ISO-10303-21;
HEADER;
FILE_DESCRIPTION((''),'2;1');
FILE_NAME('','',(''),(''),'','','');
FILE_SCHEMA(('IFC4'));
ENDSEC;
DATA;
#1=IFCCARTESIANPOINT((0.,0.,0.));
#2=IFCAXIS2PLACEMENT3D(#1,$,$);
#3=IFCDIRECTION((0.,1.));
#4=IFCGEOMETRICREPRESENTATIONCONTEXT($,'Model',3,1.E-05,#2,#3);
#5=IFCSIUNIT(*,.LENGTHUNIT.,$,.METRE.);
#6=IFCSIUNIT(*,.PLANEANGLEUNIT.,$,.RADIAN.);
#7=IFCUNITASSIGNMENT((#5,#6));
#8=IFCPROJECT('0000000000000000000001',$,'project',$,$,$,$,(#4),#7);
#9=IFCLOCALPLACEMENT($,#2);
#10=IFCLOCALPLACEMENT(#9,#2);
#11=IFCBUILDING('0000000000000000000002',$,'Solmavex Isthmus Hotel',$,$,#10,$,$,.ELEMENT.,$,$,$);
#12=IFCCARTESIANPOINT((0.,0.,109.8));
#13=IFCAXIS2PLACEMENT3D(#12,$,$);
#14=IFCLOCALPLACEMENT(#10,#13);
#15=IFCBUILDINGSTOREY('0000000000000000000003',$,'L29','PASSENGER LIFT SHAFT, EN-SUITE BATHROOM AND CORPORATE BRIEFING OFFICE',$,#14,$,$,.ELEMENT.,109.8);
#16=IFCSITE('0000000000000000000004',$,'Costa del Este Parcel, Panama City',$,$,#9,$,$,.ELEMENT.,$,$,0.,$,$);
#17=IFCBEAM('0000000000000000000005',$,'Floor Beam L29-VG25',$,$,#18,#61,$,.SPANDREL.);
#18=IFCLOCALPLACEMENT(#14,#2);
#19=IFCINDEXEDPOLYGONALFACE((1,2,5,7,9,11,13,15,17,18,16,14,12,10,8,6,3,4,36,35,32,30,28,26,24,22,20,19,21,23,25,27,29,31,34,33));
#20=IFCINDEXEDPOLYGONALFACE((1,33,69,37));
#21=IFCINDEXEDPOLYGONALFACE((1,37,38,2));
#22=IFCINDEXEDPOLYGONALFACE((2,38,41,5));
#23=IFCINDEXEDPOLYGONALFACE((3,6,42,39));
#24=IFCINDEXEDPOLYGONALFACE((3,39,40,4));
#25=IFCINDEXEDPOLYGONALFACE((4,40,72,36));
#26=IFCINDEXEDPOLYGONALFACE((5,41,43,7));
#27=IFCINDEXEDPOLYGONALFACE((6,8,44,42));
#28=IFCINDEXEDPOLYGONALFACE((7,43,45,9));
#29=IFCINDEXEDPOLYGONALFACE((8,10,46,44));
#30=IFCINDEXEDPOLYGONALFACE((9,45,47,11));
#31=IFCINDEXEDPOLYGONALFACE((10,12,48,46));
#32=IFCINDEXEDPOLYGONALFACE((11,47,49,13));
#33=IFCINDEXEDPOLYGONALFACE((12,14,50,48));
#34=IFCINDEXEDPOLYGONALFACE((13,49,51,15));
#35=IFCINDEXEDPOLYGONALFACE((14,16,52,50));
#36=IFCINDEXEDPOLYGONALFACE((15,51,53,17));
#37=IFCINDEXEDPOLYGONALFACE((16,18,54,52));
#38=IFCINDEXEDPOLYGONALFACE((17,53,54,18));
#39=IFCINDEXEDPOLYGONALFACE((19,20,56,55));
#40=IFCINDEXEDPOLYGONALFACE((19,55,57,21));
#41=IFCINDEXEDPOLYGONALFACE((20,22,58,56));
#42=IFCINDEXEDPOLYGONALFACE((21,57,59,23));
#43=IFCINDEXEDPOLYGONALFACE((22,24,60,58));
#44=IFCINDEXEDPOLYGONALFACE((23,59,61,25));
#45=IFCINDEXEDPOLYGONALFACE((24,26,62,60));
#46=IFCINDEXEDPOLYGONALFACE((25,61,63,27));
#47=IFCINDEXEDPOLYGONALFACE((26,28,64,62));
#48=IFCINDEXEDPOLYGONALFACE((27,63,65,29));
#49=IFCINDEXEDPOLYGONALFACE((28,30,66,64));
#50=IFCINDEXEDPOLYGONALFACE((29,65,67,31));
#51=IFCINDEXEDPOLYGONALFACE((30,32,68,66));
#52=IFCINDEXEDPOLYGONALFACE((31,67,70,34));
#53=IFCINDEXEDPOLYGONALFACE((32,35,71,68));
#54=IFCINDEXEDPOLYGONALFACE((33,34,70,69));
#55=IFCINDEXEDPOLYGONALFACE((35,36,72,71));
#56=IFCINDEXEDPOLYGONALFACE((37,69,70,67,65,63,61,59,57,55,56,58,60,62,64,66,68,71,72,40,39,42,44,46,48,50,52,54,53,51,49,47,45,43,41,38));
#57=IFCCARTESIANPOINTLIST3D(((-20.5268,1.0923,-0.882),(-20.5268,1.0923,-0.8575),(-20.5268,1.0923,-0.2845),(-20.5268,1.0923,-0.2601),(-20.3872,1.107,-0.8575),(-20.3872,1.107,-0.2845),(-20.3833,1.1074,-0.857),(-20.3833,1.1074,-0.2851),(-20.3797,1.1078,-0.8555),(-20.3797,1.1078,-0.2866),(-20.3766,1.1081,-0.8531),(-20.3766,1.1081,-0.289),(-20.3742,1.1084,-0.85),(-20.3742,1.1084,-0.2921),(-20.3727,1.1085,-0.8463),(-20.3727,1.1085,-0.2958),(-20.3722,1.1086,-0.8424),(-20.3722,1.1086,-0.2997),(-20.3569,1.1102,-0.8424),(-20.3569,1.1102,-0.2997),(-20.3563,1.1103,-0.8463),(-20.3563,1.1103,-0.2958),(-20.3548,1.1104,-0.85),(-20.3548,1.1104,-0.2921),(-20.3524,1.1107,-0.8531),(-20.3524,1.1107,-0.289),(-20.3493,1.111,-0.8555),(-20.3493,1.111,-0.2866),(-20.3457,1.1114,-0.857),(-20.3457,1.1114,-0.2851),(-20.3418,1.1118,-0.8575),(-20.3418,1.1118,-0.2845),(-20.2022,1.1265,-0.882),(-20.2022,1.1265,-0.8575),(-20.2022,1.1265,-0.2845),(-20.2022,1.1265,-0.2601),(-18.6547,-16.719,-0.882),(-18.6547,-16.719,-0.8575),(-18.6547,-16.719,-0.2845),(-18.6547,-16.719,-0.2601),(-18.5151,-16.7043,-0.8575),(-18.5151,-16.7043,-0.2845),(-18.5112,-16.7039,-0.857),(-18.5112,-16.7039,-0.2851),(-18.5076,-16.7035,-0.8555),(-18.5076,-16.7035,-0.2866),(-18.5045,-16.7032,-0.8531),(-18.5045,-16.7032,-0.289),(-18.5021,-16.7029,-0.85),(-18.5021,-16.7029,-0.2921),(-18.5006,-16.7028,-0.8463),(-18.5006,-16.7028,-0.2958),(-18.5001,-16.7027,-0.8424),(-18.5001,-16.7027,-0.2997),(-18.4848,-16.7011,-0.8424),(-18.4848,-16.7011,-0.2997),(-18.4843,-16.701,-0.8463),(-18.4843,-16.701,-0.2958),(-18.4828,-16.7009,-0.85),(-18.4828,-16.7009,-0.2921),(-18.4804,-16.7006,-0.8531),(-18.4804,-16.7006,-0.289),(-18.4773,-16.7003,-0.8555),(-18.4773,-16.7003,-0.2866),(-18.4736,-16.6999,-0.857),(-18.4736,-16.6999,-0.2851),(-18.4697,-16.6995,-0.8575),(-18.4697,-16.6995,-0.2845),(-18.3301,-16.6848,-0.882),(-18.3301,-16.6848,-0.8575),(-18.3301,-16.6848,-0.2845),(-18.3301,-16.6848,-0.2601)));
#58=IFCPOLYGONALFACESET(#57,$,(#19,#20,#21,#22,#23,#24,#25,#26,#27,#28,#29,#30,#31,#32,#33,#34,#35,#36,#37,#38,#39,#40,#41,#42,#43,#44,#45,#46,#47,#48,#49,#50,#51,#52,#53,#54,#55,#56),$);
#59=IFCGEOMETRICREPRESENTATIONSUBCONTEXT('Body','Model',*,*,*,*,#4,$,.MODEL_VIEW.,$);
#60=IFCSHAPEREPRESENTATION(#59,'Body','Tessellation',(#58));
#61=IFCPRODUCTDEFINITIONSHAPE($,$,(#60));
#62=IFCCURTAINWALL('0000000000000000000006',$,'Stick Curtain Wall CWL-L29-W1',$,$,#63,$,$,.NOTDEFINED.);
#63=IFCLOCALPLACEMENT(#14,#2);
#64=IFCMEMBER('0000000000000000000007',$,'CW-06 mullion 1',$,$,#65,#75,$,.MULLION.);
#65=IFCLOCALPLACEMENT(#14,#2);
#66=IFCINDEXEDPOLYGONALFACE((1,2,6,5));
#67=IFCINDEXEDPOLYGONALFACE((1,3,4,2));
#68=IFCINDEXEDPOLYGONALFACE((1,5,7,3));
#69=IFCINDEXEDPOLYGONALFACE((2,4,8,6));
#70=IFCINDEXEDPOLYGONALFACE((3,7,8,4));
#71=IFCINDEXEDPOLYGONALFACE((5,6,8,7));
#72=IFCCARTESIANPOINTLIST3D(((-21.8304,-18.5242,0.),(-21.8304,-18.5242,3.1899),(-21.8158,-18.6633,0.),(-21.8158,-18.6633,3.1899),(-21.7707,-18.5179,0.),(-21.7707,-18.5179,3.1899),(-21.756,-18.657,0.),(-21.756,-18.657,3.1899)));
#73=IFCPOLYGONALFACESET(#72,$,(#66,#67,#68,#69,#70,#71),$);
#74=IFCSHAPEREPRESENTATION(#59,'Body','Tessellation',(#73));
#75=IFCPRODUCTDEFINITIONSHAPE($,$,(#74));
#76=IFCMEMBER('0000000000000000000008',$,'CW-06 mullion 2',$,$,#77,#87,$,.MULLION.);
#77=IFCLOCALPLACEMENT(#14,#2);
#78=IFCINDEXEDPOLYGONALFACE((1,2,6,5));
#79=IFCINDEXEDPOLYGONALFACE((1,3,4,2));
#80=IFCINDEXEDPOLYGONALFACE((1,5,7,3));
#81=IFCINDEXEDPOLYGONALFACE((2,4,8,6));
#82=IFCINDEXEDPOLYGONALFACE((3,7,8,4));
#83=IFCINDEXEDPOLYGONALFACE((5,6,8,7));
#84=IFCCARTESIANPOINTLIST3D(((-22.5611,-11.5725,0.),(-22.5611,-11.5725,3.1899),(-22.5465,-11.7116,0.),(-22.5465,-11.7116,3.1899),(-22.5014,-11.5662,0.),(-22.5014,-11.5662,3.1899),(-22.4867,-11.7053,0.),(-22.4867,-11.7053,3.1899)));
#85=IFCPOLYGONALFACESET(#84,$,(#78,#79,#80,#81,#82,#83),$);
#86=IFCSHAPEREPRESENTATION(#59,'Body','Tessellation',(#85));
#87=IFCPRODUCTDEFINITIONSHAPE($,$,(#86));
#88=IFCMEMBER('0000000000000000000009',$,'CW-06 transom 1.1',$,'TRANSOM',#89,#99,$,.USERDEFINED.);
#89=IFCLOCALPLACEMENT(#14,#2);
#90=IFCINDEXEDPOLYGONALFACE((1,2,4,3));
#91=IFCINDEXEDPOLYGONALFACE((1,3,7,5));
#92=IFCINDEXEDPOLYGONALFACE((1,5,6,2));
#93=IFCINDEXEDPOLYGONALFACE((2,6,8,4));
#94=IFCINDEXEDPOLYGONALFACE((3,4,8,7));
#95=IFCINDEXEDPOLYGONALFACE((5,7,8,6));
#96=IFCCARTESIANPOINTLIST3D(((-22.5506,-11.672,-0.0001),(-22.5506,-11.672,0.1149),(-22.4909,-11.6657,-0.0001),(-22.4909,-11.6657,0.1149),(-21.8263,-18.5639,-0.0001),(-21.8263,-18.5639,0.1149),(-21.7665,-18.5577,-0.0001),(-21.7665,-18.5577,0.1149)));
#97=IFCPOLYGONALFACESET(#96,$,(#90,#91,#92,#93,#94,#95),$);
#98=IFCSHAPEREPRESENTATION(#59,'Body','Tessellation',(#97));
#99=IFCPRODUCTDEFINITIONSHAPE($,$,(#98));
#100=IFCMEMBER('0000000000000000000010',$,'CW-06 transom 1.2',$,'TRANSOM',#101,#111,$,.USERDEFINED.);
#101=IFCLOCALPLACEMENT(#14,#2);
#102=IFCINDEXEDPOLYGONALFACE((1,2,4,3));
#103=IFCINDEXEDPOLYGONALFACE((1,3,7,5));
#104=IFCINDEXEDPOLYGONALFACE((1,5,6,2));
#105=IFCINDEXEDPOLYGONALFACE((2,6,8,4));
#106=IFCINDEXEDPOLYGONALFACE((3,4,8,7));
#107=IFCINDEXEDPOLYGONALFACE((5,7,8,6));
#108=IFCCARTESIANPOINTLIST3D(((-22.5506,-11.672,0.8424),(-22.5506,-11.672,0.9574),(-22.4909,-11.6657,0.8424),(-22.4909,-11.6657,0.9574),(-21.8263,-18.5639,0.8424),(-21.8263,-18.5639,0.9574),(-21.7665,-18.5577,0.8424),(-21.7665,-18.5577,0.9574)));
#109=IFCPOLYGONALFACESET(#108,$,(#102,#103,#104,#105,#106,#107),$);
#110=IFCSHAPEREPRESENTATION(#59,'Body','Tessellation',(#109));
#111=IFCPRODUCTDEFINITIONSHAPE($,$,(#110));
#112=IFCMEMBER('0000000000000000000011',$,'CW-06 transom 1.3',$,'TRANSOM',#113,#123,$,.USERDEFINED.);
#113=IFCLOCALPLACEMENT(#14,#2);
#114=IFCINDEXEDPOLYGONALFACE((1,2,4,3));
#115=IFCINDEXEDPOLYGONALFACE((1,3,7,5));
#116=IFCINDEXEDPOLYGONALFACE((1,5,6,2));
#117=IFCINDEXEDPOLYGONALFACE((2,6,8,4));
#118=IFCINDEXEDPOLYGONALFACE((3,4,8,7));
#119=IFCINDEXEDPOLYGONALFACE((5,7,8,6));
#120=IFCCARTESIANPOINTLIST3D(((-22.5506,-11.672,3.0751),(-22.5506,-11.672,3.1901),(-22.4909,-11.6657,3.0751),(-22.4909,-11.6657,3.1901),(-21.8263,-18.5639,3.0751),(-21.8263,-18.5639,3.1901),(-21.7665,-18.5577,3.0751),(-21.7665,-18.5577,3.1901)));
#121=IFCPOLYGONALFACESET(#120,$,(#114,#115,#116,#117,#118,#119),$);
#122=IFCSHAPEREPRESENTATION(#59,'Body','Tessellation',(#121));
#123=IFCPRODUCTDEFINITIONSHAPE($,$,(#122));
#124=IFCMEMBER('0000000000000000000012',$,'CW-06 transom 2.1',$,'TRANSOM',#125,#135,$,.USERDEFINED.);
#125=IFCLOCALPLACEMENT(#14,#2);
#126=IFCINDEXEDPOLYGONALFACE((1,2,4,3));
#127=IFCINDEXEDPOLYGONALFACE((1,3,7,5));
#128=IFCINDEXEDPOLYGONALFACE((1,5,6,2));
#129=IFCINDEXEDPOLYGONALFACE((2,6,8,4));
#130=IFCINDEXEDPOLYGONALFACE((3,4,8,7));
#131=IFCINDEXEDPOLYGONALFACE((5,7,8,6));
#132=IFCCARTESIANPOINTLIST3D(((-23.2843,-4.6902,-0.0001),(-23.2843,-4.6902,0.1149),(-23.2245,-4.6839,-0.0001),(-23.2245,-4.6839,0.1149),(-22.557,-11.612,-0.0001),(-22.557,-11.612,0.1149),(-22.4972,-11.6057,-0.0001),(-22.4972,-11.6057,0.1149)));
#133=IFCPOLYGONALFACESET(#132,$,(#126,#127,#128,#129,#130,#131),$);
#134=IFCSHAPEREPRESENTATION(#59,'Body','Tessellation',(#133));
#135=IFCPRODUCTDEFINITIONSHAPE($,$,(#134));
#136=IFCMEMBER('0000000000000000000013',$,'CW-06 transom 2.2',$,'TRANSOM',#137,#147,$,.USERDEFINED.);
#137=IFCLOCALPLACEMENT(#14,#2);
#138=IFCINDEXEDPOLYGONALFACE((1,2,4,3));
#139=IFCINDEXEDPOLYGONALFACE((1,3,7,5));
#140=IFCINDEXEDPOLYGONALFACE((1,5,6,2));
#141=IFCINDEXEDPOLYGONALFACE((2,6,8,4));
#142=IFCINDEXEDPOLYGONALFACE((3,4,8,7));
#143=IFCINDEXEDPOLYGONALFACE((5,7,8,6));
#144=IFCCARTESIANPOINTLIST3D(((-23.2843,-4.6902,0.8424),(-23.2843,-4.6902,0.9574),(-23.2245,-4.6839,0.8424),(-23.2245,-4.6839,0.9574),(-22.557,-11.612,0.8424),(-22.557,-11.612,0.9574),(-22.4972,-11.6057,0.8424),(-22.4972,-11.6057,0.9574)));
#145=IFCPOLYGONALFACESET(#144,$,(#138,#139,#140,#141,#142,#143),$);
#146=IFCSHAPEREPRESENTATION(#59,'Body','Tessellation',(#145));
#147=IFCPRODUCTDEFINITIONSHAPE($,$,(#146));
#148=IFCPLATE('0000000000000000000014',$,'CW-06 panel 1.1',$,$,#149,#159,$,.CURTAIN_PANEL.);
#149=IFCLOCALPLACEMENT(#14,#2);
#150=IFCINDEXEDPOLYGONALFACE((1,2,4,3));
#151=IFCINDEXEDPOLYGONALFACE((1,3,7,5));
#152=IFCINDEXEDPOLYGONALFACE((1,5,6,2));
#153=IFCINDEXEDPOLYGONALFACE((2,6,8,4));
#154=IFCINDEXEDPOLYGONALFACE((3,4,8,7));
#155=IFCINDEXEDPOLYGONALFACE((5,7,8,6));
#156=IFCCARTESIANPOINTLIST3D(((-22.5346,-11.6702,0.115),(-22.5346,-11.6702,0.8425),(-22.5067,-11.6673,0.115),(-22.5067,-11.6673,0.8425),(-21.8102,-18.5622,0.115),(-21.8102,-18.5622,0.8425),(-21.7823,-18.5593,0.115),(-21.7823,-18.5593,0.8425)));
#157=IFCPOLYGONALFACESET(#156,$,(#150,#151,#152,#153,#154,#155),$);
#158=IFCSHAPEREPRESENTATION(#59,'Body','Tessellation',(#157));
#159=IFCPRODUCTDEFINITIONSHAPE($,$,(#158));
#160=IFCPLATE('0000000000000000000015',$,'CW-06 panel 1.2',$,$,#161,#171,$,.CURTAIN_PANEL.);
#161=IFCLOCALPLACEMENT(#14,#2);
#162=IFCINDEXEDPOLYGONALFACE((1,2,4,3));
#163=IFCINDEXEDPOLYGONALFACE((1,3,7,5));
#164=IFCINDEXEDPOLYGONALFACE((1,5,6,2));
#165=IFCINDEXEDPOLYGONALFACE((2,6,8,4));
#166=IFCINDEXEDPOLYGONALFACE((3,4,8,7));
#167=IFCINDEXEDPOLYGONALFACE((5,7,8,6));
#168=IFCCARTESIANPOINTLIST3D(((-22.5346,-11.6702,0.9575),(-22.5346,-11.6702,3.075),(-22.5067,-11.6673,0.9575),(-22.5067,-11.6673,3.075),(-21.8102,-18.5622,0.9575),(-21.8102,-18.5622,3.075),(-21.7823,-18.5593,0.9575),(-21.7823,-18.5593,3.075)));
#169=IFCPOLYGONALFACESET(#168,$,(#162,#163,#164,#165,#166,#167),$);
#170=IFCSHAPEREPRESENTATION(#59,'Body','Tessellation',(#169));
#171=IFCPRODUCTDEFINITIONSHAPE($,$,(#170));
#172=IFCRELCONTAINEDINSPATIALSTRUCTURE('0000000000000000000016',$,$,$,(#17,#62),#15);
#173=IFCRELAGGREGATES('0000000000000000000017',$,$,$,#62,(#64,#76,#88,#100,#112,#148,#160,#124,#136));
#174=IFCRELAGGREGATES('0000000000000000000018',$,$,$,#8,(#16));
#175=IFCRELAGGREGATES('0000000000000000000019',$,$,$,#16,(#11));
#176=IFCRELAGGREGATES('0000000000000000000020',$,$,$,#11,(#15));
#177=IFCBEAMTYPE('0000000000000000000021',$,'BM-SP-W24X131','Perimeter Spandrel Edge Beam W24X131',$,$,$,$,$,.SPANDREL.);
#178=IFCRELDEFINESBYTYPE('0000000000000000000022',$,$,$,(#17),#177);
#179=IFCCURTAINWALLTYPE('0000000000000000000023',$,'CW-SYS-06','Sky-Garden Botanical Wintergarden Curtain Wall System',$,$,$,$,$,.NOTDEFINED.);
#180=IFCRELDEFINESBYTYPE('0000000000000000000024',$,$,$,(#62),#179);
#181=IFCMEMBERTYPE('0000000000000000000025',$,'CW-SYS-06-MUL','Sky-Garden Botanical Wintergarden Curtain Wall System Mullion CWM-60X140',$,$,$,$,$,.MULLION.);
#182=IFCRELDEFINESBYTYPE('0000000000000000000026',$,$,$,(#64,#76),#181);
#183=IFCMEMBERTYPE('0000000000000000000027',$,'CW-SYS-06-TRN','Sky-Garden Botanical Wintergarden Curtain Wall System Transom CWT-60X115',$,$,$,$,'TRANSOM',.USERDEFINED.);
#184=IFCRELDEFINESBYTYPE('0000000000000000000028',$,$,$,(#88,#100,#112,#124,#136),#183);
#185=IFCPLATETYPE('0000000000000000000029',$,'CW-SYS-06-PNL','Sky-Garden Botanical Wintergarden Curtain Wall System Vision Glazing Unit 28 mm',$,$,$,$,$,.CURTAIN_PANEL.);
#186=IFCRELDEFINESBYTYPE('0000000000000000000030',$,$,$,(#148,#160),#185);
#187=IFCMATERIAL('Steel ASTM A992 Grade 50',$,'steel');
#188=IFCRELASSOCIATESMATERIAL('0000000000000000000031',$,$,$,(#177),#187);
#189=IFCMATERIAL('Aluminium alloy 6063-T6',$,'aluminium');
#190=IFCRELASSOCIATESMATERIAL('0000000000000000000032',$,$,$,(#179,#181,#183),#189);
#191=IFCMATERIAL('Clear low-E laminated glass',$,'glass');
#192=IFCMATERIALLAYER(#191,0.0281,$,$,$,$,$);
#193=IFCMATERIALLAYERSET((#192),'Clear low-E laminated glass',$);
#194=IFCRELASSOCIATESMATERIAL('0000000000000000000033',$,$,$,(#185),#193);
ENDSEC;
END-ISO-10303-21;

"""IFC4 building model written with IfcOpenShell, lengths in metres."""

from ifc_helpers import new_model, si_unit, direction, frame, origin, origin_2d, place, context, subcontext, project, spatial, rectangle, i_section, extrude, material, layer, layer_set, material_profile, profile_set, type_object, element, aggregate, save


model = new_model("IFC4")

# Units and contexts
model_context = context("Model", 3, precision=1e-05, world=origin(), true_north=direction((0.0, 1.0)))
body_context = subcontext(model_context, "Body", "Model", "MODEL_VIEW")
ifc_project = project(units=[si_unit("LENGTHUNIT", "METRE"), si_unit("PLANEANGLEUNIT", "RADIAN")], contexts=[model_context])

# Site, building, storey
site_placement = place(None, origin())
site = spatial("IfcSite", under=ifc_project, at=site_placement, Name="Costa del Este Parcel, Panama City", CompositionType="ELEMENT", RefElevation=0.0)
building_placement = place(site_placement, origin())
building = spatial("IfcBuilding", under=site, at=building_placement, Name="Solmavex Isthmus Hotel", CompositionType="ELEMENT")
storey_placement = place(building_placement, frame((0.0, 0.0, 109.8)))
storey = spatial("IfcBuildingStorey", under=building, at=storey_placement, Name="L29", Description="PASSENGER LIFT SHAFT, EN-SUITE BATHROOM AND CORPORATE BRIEFING OFFICE", CompositionType="ELEMENT", Elevation=109.8)

# Beam
ifc_material_1 = material(Name="Steel ASTM A992 Grade 50", Category="steel")
ifc_material_profile_1 = material_profile(ifc_material_1, i_section(OverallWidth=0.3264, OverallDepth=0.6218, WebThickness=0.0154, FlangeThickness=0.0244, FilletRadius=0.0151, at=origin_2d()), Name="W24X131")
ifc_profile_set_1 = profile_set([ifc_material_profile_1], Name="Steel ASTM A992 Grade 50")
beam_type_1 = type_object("IfcBeamType", Name="BM-SP-W24X131", Description="Perimeter Spandrel Edge Beam W24X131", PredefinedType="SPANDREL", material=ifc_profile_set_1)
beam_1_placement = place(storey_placement, frame((-18.4924, -16.7019, -0.571), z_axis=(-0.10453, 0.994522, 0.0), x_axis=(-0.994522, -0.10453, 0.0)))
element("IfcBeam", 1, at=beam_1_placement, inside=storey, type_object=beam_type_1, Name="Floor Beam L29-VG25", PredefinedType="SPANDREL", context=body_context, shape_type="SweptSolid", body=[
    extrude(i_section(OverallWidth=0.3264, OverallDepth=0.6218, WebThickness=0.0154, FlangeThickness=0.0244, FilletRadius=0.0151, at=origin_2d()), origin(), (0.0, 0.0, 1.0), 17.9094),
])

# Curtain wall, members, plates
ifc_material_2 = material(Name="Aluminium alloy 6063-T6", Category="aluminium")
curtain_wall_type = type_object("IfcCurtainWallType", Name="CW-SYS-06", Description="Sky-Garden Botanical Wintergarden Curtain Wall System", PredefinedType="NOTDEFINED", material=ifc_material_2)
curtain_wall_placement = place(storey_placement, origin())
curtain_wall = element("IfcCurtainWall", 2, at=curtain_wall_placement, inside=storey, type_object=curtain_wall_type, Name="Stick Curtain Wall CWL-L29-W1", PredefinedType="NOTDEFINED")
ifc_material_profile_2 = material_profile(ifc_material_2, rectangle(XDim=0.0601, YDim=0.1399, at=origin_2d()), Name="CWM-60X140")
ifc_profile_set_2 = profile_set([ifc_material_profile_2], Name="Aluminium alloy 6063-T6")
member_type_1 = type_object("IfcMemberType", Name="CW-SYS-06-MUL", Description="Sky-Garden Botanical Wintergarden Curtain Wall System Mullion CWM-60X140", PredefinedType="MULLION", material=ifc_profile_set_2)
member_1_placement = place(storey_placement, frame((-21.7932, -18.5906, 0.0), z_axis=(0.0, 0.0, 1.0), x_axis=(-0.994522, -0.104528, 0.0)))
member_1 = element("IfcMember", 3, at=member_1_placement, type_object=member_type_1, Name="CW-06 mullion 1", PredefinedType="MULLION", context=body_context, shape_type="SweptSolid", body=[
    extrude(rectangle(XDim=0.0601, YDim=0.1399, at=origin_2d()), origin(), (0.0, 0.0, 1.0), 3.1899),
])
member_2_placement = place(storey_placement, frame((-22.5239, -11.6389, 0.0), z_axis=(0.0, 0.0, 1.0), x_axis=(-0.994522, -0.104528, 0.0)))
member_2 = element("IfcMember", 4, at=member_2_placement, type_object=member_type_1, Name="CW-06 mullion 2", PredefinedType="MULLION", context=body_context, shape_type="SweptSolid", body=[
    extrude(rectangle(XDim=0.0601, YDim=0.1399, at=origin_2d()), origin(), (0.0, 0.0, 1.0), 3.1899),
])
ifc_material_profile_3 = material_profile(ifc_material_2, rectangle(XDim=0.0601, YDim=0.115, at=origin_2d()), Name="CWT-60X115")
ifc_profile_set_3 = profile_set([ifc_material_profile_3], Name="Aluminium alloy 6063-T6")
member_type_2 = type_object("IfcMemberType", Name="CW-SYS-06-TRN", Description="Sky-Garden Botanical Wintergarden Curtain Wall System Transom CWT-60X115", ElementType="TRANSOM", PredefinedType="USERDEFINED", material=ifc_profile_set_3)
member_3_placement = place(storey_placement, frame((-21.7964, -18.5608, 0.0574), z_axis=(-0.104525, 0.994522, 0.0), x_axis=(-0.994522, -0.104525, 0.0)))
member_3 = element("IfcMember", 5, at=member_3_placement, type_object=member_type_2, Name="CW-06 transom 1.1", ObjectType="TRANSOM", PredefinedType="USERDEFINED", context=body_context, shape_type="SweptSolid", body=[
    extrude(rectangle(XDim=0.0601, YDim=0.115, at=origin_2d()), origin(), (0.0, 0.0, 1.0), 6.9299),
])
member_4_placement = place(storey_placement, frame((-21.7964, -18.5608, 0.8999), z_axis=(-0.104525, 0.994522, 0.0), x_axis=(-0.994522, -0.104525, 0.0)))
member_4 = element("IfcMember", 6, at=member_4_placement, type_object=member_type_2, Name="CW-06 transom 1.2", ObjectType="TRANSOM", PredefinedType="USERDEFINED", context=body_context, shape_type="SweptSolid", body=[
    extrude(rectangle(XDim=0.0601, YDim=0.115, at=origin_2d()), origin(), (0.0, 0.0, 1.0), 6.9299),
])
member_5_placement = place(storey_placement, frame((-21.7964, -18.5608, 3.1326), z_axis=(-0.104525, 0.994522, 0.0), x_axis=(-0.994522, -0.104525, 0.0)))
member_5 = element("IfcMember", 7, at=member_5_placement, type_object=member_type_2, Name="CW-06 transom 1.3", ObjectType="TRANSOM", PredefinedType="USERDEFINED", context=body_context, shape_type="SweptSolid", body=[
    extrude(rectangle(XDim=0.0601, YDim=0.115, at=origin_2d()), origin(), (0.0, 0.0, 1.0), 6.9299),
])
member_6_placement = place(storey_placement, frame((-22.5271, -11.6089, 0.0574), z_axis=(-0.104497, 0.994525, 0.0), x_axis=(-0.994525, -0.104497, 0.0)))
member_6 = element("IfcMember", 8, at=member_6_placement, type_object=member_type_2, Name="CW-06 transom 2.1", ObjectType="TRANSOM", PredefinedType="USERDEFINED", context=body_context, shape_type="SweptSolid", body=[
    extrude(rectangle(XDim=0.0601, YDim=0.115, at=origin_2d()), origin(), (0.0, 0.0, 1.0), 6.96),
])
member_7_placement = place(storey_placement, frame((-22.5271, -11.6089, 0.8999), z_axis=(-0.104497, 0.994525, 0.0), x_axis=(-0.994525, -0.104497, 0.0)))
member_7 = element("IfcMember", 9, at=member_7_placement, type_object=member_type_2, Name="CW-06 transom 2.2", ObjectType="TRANSOM", PredefinedType="USERDEFINED", context=body_context, shape_type="SweptSolid", body=[
    extrude(rectangle(XDim=0.0601, YDim=0.115, at=origin_2d()), origin(), (0.0, 0.0, 1.0), 6.96),
])
ifc_material_3 = material(Name="Clear low-E laminated glass", Category="glass")
ifc_layer_1 = layer(ifc_material_3, 0.0281)
ifc_layer_set_1 = layer_set([ifc_layer_1], Name="Clear low-E laminated glass")
plate_type = type_object("IfcPlateType", Name="CW-SYS-06-PNL", Description="Sky-Garden Botanical Wintergarden Curtain Wall System Vision Glazing Unit 28 mm", PredefinedType="CURTAIN_PANEL", material=ifc_layer_set_1)
plate_1_placement = place(storey_placement, frame((-22.1584, -15.1147, 0.115), z_axis=(0.0, 0.0, 1.0), x_axis=(-0.104528, 0.994522, 0.0)))
plate_1 = element("IfcPlate", 10, at=plate_1_placement, type_object=plate_type, Name="CW-06 panel 1.1", PredefinedType="CURTAIN_PANEL", context=body_context, shape_type="SweptSolid", body=[
    extrude(rectangle(XDim=6.9299, YDim=0.0281, at=origin_2d()), origin(), (0.0, 0.0, 1.0), 0.7275),
])
plate_2_placement = place(storey_placement, frame((-22.1584, -15.1147, 0.9575), z_axis=(0.0, 0.0, 1.0), x_axis=(-0.104528, 0.994522, 0.0)))
plate_2 = element("IfcPlate", 11, at=plate_2_placement, type_object=plate_type, Name="CW-06 panel 1.2", PredefinedType="CURTAIN_PANEL", context=body_context, shape_type="SweptSolid", body=[
    extrude(rectangle(XDim=6.9299, YDim=0.0281, at=origin_2d()), origin(), (0.0, 0.0, 1.0), 2.1174),
])
aggregate(curtain_wall, [member_1, member_2, member_3, member_4, member_5, plate_1, plate_2, member_6, member_7])

save(model, "model.ifc")
